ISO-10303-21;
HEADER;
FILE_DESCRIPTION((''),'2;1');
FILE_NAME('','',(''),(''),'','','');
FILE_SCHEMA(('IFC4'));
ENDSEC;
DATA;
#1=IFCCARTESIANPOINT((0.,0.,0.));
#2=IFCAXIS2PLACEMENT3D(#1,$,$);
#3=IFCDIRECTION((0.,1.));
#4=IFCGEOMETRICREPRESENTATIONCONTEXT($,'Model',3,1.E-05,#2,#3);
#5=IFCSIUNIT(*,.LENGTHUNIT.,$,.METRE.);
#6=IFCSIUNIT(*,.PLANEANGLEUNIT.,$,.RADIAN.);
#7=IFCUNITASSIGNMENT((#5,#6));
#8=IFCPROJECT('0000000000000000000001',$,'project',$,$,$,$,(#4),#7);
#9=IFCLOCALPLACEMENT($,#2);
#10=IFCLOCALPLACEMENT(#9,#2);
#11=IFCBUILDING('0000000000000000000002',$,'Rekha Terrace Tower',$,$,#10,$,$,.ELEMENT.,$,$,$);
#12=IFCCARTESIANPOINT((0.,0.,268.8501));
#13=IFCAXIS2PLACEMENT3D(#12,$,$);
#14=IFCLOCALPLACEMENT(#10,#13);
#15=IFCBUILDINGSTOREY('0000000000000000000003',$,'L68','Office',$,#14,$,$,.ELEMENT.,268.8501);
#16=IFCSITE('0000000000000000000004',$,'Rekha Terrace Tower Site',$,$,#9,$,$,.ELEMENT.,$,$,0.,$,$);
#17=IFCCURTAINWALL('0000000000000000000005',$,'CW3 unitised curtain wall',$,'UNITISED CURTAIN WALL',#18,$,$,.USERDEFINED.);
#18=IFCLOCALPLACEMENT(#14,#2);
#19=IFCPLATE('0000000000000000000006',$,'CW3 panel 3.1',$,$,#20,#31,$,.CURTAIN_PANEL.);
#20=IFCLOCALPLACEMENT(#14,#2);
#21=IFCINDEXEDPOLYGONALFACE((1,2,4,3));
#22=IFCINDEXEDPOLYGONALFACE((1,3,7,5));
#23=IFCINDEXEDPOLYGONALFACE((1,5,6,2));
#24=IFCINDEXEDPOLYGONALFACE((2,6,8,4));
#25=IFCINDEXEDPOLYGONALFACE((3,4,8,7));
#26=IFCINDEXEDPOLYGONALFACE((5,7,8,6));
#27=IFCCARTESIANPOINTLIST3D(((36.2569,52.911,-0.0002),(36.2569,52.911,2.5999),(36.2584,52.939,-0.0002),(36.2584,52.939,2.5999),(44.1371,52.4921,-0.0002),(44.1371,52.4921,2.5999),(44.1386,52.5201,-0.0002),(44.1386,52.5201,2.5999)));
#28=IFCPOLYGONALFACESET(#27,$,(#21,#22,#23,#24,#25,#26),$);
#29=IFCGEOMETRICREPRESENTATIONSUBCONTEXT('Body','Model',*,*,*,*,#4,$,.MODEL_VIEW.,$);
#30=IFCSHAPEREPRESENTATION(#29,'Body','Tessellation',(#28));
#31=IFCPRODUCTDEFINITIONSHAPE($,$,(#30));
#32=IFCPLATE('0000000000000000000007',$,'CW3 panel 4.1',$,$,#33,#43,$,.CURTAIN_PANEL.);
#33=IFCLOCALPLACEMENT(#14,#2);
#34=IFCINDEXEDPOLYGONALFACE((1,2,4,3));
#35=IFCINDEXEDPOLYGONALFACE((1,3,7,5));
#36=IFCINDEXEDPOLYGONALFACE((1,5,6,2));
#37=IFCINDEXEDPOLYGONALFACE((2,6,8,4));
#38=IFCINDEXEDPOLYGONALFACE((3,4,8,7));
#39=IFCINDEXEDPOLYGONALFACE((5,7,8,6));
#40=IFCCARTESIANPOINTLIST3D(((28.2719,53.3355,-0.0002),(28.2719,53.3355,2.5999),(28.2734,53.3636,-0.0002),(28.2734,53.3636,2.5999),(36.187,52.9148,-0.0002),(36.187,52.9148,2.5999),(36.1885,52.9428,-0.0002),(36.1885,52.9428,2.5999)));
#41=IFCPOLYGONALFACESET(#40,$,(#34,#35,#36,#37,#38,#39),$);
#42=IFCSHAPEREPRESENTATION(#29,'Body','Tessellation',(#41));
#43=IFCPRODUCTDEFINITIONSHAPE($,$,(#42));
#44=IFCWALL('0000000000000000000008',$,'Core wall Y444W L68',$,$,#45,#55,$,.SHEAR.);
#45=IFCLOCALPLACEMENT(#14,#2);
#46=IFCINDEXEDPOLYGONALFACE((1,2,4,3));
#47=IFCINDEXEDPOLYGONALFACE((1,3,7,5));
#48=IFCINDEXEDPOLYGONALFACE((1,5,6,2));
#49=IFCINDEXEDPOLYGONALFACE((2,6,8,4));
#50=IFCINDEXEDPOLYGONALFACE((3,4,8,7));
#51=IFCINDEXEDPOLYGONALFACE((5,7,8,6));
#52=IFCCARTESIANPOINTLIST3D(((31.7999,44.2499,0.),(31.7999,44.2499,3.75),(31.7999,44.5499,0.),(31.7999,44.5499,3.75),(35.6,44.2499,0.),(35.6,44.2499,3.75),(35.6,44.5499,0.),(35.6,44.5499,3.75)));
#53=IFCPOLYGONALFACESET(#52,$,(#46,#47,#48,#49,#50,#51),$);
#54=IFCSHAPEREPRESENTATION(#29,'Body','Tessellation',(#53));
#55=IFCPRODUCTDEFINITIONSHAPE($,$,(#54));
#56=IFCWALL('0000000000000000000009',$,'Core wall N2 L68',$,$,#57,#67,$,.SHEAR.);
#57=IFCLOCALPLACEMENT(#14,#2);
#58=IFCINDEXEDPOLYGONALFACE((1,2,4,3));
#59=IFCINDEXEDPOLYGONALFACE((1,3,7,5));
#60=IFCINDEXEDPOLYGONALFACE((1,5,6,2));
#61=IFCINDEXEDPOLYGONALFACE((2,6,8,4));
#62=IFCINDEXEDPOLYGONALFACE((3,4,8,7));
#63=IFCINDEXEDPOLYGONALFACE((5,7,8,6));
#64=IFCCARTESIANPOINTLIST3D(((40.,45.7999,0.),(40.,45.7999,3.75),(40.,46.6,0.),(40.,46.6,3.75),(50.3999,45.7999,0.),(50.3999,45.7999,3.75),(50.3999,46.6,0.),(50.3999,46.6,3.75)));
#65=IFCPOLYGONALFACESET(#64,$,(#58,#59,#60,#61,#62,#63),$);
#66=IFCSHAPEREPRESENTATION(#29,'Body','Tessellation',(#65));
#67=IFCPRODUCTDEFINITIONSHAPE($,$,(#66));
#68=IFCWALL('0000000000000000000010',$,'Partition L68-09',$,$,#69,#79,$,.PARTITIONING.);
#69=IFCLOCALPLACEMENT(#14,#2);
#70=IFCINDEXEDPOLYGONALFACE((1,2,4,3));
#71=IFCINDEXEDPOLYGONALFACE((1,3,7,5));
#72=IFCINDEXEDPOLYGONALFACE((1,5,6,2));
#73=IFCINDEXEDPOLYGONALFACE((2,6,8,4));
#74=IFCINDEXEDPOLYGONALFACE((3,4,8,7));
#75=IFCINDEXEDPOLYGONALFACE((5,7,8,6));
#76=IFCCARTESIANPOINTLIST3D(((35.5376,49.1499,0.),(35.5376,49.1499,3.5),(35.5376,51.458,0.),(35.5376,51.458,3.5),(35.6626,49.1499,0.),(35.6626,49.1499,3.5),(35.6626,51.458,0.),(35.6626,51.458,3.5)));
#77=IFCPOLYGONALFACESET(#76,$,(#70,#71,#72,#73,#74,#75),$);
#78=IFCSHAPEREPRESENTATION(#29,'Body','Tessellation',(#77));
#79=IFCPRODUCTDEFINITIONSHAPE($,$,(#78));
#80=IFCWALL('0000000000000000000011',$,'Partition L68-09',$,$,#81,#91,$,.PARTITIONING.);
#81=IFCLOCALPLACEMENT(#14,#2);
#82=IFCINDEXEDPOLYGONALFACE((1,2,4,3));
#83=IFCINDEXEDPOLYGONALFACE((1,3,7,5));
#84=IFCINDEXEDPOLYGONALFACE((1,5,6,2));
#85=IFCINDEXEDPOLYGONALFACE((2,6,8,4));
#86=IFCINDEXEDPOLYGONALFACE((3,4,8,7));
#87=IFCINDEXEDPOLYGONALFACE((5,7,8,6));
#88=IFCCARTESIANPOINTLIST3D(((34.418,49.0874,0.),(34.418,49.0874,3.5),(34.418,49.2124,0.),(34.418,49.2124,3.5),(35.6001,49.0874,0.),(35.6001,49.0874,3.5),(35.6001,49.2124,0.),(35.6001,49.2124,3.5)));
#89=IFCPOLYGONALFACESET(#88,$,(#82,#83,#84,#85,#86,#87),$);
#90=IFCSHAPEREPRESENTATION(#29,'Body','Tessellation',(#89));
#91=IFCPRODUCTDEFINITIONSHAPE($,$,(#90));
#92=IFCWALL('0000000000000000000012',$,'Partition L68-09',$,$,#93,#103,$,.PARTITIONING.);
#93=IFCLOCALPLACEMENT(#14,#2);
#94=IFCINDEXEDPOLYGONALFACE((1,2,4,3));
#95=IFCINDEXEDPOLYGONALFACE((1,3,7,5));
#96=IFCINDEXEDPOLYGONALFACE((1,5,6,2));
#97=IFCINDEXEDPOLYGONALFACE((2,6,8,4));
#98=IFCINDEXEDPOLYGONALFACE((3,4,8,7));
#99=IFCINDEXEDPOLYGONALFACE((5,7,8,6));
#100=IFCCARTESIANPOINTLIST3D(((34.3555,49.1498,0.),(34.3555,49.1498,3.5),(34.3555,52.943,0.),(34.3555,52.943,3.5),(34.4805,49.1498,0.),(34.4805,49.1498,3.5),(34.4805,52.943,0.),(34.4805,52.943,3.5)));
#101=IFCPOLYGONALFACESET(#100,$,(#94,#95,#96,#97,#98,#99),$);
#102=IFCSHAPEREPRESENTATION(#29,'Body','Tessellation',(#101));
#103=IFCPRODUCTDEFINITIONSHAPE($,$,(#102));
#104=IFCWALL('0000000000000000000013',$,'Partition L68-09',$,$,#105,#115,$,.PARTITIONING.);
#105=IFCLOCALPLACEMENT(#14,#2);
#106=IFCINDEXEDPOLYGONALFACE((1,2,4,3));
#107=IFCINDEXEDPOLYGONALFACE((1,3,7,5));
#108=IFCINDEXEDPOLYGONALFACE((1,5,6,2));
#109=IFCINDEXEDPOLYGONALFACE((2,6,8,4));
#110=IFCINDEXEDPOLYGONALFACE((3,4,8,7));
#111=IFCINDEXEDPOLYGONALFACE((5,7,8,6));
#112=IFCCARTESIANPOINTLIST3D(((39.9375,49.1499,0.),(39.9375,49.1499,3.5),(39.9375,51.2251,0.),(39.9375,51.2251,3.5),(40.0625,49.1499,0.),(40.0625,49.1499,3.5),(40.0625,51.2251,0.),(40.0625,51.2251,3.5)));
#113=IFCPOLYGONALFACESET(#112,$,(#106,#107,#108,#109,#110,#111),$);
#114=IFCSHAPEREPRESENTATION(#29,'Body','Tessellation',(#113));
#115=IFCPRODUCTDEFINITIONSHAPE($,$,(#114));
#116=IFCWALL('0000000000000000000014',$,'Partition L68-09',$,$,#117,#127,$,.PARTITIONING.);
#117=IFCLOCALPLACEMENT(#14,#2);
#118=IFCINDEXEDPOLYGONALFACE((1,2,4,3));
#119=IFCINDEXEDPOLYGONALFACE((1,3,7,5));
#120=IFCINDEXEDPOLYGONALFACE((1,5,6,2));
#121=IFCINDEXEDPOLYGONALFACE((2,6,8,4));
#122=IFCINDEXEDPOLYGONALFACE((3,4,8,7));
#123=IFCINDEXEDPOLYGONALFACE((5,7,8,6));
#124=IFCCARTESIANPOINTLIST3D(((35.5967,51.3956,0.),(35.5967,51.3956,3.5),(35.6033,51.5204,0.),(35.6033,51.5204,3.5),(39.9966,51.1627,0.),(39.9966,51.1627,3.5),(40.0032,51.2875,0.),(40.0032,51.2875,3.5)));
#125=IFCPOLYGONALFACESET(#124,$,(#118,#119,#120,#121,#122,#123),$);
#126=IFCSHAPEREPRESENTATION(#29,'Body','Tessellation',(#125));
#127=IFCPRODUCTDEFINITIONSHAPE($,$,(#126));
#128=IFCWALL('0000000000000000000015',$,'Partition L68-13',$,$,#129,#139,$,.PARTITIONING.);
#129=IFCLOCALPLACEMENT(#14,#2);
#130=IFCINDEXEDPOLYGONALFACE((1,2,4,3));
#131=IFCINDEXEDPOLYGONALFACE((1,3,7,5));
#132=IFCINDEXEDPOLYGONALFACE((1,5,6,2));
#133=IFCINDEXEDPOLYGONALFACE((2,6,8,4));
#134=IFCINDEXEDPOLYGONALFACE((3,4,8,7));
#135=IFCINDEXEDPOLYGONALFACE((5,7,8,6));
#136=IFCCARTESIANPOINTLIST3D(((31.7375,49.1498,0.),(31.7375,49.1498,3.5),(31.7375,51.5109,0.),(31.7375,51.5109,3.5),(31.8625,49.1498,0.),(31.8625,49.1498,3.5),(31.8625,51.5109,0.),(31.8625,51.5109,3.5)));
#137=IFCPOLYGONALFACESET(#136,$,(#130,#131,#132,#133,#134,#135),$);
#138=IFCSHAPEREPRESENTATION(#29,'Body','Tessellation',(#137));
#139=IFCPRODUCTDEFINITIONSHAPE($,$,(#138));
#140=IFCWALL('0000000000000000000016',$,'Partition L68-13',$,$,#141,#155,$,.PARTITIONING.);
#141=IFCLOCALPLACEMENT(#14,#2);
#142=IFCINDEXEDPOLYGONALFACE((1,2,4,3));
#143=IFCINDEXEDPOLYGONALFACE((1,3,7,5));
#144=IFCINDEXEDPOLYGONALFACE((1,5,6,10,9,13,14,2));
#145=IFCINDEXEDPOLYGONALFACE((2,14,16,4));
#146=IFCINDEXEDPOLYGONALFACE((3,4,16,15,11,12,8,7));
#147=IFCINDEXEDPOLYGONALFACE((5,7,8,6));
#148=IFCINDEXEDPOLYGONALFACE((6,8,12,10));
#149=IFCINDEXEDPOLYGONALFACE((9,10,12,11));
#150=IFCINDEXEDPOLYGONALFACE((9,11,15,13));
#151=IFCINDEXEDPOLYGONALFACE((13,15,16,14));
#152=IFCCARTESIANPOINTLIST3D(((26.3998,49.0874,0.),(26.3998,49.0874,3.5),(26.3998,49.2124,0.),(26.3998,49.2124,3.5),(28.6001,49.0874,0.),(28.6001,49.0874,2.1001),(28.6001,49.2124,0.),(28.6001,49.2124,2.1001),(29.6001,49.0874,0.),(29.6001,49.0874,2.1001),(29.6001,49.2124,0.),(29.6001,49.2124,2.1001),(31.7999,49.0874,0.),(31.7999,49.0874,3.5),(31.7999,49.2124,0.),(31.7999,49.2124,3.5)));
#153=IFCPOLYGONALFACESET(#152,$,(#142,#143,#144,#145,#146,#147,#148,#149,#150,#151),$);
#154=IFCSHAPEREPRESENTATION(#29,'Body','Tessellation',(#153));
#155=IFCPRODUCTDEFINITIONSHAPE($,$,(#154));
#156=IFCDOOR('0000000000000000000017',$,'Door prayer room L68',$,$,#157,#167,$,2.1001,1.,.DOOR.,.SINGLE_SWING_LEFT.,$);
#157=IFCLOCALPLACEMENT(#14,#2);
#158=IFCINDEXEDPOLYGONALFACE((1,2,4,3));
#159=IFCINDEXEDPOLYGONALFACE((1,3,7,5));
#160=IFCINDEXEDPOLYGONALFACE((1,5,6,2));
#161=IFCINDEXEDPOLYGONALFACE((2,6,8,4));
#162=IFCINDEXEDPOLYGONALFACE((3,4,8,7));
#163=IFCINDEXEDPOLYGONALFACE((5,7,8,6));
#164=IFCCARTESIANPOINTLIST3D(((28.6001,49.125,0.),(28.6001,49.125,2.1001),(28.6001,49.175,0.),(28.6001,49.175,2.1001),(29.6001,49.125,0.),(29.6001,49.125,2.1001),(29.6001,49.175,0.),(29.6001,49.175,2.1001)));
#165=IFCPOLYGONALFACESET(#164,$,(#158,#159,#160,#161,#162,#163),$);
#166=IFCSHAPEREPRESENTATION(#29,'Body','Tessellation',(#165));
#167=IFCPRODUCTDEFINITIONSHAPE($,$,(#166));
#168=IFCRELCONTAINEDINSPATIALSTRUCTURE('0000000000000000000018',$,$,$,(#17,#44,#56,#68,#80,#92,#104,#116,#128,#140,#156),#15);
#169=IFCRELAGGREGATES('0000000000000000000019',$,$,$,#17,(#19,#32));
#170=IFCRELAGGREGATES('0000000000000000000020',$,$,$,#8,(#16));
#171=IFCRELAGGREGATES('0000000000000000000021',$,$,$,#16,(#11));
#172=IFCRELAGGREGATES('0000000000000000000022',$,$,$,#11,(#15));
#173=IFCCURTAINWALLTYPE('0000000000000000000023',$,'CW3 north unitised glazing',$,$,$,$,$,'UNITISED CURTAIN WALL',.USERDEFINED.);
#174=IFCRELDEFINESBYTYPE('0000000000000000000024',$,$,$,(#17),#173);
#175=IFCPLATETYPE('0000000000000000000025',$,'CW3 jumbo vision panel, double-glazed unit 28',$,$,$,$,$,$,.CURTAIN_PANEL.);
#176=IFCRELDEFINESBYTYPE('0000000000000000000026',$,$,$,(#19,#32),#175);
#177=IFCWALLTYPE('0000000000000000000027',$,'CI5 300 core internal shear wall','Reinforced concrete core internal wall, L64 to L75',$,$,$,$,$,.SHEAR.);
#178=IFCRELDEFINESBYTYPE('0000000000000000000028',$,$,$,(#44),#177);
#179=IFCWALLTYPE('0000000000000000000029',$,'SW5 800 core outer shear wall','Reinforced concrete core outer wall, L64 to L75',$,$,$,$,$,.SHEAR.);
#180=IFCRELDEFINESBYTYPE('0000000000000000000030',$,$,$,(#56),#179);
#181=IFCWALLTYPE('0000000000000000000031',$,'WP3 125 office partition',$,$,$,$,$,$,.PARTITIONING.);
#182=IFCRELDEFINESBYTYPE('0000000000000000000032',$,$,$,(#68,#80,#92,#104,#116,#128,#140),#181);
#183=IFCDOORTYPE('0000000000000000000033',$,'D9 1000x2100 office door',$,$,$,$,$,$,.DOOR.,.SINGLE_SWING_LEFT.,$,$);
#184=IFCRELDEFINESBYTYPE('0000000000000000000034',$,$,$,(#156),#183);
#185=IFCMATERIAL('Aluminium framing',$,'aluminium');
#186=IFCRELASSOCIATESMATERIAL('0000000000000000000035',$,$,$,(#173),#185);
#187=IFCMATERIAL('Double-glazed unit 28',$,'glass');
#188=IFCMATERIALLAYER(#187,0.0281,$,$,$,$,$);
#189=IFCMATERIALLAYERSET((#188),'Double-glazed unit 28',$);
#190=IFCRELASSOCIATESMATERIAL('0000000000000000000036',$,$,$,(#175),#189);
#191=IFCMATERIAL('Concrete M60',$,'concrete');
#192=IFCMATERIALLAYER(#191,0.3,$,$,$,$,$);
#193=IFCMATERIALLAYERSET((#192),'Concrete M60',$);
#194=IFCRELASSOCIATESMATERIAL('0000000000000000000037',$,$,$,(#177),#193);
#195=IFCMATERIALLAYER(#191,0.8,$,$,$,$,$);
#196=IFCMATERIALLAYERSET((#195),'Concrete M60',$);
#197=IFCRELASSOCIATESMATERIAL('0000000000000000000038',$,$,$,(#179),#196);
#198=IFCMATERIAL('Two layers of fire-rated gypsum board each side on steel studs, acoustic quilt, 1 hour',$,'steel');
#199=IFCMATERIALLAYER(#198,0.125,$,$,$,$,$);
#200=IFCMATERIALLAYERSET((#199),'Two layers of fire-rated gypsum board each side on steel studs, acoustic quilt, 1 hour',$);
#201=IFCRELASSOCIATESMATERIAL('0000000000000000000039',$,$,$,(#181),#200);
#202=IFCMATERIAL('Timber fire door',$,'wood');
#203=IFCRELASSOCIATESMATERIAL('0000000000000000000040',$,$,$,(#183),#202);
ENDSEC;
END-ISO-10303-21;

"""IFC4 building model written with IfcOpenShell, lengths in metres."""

from ifc_helpers import new_model, si_unit, direction, frame, frame_2d, origin, origin_2d, place, context, subcontext, project, spatial, rectangle, extrude, material, layer, layer_set, type_object, element, fill, aggregate, save


model = new_model("IFC4")

# Units and contexts
model_context = context("Model", 3, precision=1e-05, world=origin(), true_north=direction((0.0, 1.0)))
body_context = subcontext(model_context, "Body", "Model", "MODEL_VIEW")
ifc_project = project(units=[si_unit("LENGTHUNIT", "METRE"), si_unit("PLANEANGLEUNIT", "RADIAN")], contexts=[model_context])

# Site, building, storey
site_placement = place(None, origin())
site = spatial("IfcSite", under=ifc_project, at=site_placement, Name="Rekha Terrace Tower Site", CompositionType="ELEMENT", RefElevation=0.0)
building_placement = place(site_placement, origin())
building = spatial("IfcBuilding", under=site, at=building_placement, Name="Rekha Terrace Tower", CompositionType="ELEMENT")
storey_placement = place(building_placement, frame((0.0, 0.0, 268.8501)))
storey = spatial("IfcBuildingStorey", under=building, at=storey_placement, Name="L68", Description="Office", CompositionType="ELEMENT", Elevation=268.8501)

# Shared definitions
ifc_material_1 = material(Name="Concrete M60", Category="concrete")

# Curtain wall
ifc_material_2 = material(Name="Aluminium framing", Category="aluminium")
curtain_wall_type = type_object("IfcCurtainWallType", Name="CW3 north unitised glazing", ElementType="UNITISED CURTAIN WALL", PredefinedType="USERDEFINED", material=ifc_material_2)
curtain_wall_placement = place(storey_placement, origin())
curtain_wall = element("IfcCurtainWall", 1, at=curtain_wall_placement, inside=storey, type_object=curtain_wall_type, Name="CW3 unitised curtain wall", ObjectType="UNITISED CURTAIN WALL", PredefinedType="USERDEFINED")

# Plates
ifc_material_3 = material(Name="Double-glazed unit 28", Category="glass")
ifc_layer_1 = layer(ifc_material_3, 0.0281)
ifc_layer_set_1 = layer_set([ifc_layer_1], Name="Double-glazed unit 28")
plate_type = type_object("IfcPlateType", Name="CW3 jumbo vision panel, double-glazed unit 28", PredefinedType="CURTAIN_PANEL", material=ifc_layer_set_1)
plate_1_placement = place(storey_placement, frame((40.1978, 52.7156, -0.0002), z_axis=(0.0, 0.0, 1.0), x_axis=(-0.99859, 0.053083, 0.0)))
plate_1 = element("IfcPlate", 2, at=plate_1_placement, type_object=plate_type, Name="CW3 panel 3.1", PredefinedType="CURTAIN_PANEL", context=body_context, shape_type="SweptSolid", body=[
    extrude(rectangle(XDim=7.8914, YDim=0.0281, at=origin_2d()), origin(), (0.0, 0.0, 1.0), 2.6001),
])
plate_2_placement = place(storey_placement, frame((32.2302, 53.1392, -0.0002), z_axis=(0.0, 0.0, 1.0), x_axis=(-0.99859, 0.053083, 0.0)))
plate_2 = element("IfcPlate", 3, at=plate_2_placement, type_object=plate_type, Name="CW3 panel 4.1", PredefinedType="CURTAIN_PANEL", context=body_context, shape_type="SweptSolid", body=[
    extrude(rectangle(XDim=7.9263, YDim=0.0281, at=origin_2d()), origin(), (0.0, 0.0, 1.0), 2.6001),
])
aggregate(curtain_wall, [plate_1, plate_2])

# Walls
ifc_layer_2 = layer(ifc_material_1, 0.3)
ifc_layer_set_2 = layer_set([ifc_layer_2], Name="Concrete M60")
wall_type_1 = type_object("IfcWallType", Name="CI5 300 core internal shear wall", Description="Reinforced concrete core internal wall, L64 to L75", PredefinedType="SHEAR", material=ifc_layer_set_2)
wall_1_placement = place(storey_placement, frame((31.8, 44.3999, 0.0), z_axis=(0.0, 0.0, 1.0), x_axis=(1.0, 0.0, 0.0)))
element("IfcWall", 4, at=wall_1_placement, inside=storey, type_object=wall_type_1, Name="Core wall Y444W L68", PredefinedType="SHEAR", context=body_context, shape_type="SweptSolid", body=[
    extrude(rectangle(XDim=3.8, YDim=0.3, at=frame_2d((1.8999, 0.0))), origin(), (0.0, 0.0, 1.0), 3.75),
])
ifc_layer_3 = layer(ifc_material_1, 0.8)
ifc_layer_set_3 = layer_set([ifc_layer_3], Name="Concrete M60")
wall_type_2 = type_object("IfcWallType", Name="SW5 800 core outer shear wall", Description="Reinforced concrete core outer wall, L64 to L75", PredefinedType="SHEAR", material=ifc_layer_set_3)
wall_2_placement = place(storey_placement, frame((40.0, 46.2, 0.0), z_axis=(0.0, 0.0, 1.0), x_axis=(1.0, 0.0, 0.0)))
element("IfcWall", 5, at=wall_2_placement, inside=storey, type_object=wall_type_2, Name="Core wall N2 L68", PredefinedType="SHEAR", context=body_context, shape_type="SweptSolid", body=[
    extrude(rectangle(XDim=10.3999, YDim=0.8, at=frame_2d((5.2, 0.0))), origin(), (0.0, 0.0, 1.0), 3.75),
])
ifc_material_4 = material(Name="Two layers of fire-rated gypsum board each side on steel studs, acoustic quilt, 1 hour", Category="steel")
ifc_layer_4 = layer(ifc_material_4, 0.125)
ifc_layer_set_4 = layer_set([ifc_layer_4], Name="Two layers of fire-rated gypsum board each side on steel studs, acoustic quilt, 1 hour")
wall_type_3 = type_object("IfcWallType", Name="WP3 125 office partition", PredefinedType="PARTITIONING", material=ifc_layer_set_4)
wall_3_placement = place(storey_placement, frame((35.6001, 51.458, 0.0), z_axis=(0.0, 0.0, 1.0), x_axis=(0.0, -1.0, 0.0)))
element("IfcWall", 6, at=wall_3_placement, inside=storey, type_object=wall_type_3, Name="Partition L68-09", PredefinedType="PARTITIONING", context=body_context, shape_type="SweptSolid", body=[
    extrude(rectangle(XDim=2.3081, YDim=0.125, at=frame_2d((1.1541, 0.0))), origin(), (0.0, 0.0, 1.0), 3.5),
])
wall_4_placement = place(storey_placement, frame((35.6001, 49.1499, 0.0), z_axis=(0.0, 0.0, 1.0), x_axis=(-1.0, 0.0, 0.0)))
element("IfcWall", 7, at=wall_4_placement, inside=storey, type_object=wall_type_3, Name="Partition L68-09", PredefinedType="PARTITIONING", context=body_context, shape_type="SweptSolid", body=[
    extrude(rectangle(XDim=1.1821, YDim=0.125, at=frame_2d((0.5911, 0.0))), origin(), (0.0, 0.0, 1.0), 3.5),
])
wall_5_placement = place(storey_placement, frame((34.418, 49.1499, 0.0), z_axis=(0.0, 0.0, 1.0), x_axis=(0.0, 1.0, 0.0)))
element("IfcWall", 8, at=wall_5_placement, inside=storey, type_object=wall_type_3, Name="Partition L68-09", PredefinedType="PARTITIONING", context=body_context, shape_type="SweptSolid", body=[
    extrude(rectangle(XDim=3.7932, YDim=0.125, at=frame_2d((1.8965, 0.0))), origin(), (0.0, 0.0, 1.0), 3.5),
])
wall_6_placement = place(storey_placement, frame((40.0, 49.1499, 0.0), z_axis=(0.0, 0.0, 1.0), x_axis=(0.0, 1.0, 0.0)))
element("IfcWall", 9, at=wall_6_placement, inside=storey, type_object=wall_type_3, Name="Partition L68-09", PredefinedType="PARTITIONING", context=body_context, shape_type="SweptSolid", body=[
    extrude(rectangle(XDim=2.0752, YDim=0.125, at=frame_2d((1.0376, 0.0))), origin(), (0.0, 0.0, 1.0), 3.5),
])
wall_7_placement = place(storey_placement, frame((40.0, 51.2251, 0.0), z_axis=(0.0, 0.0, 1.0), x_axis=(-0.998602, 0.052861, 0.0)))
element("IfcWall", 10, at=wall_7_placement, inside=storey, type_object=wall_type_3, Name="Partition L68-09", PredefinedType="PARTITIONING", context=body_context, shape_type="SweptSolid", body=[
    extrude(rectangle(XDim=4.406, YDim=0.125, at=frame_2d((2.2031, 0.0))), origin(), (0.0, 0.0, 1.0), 3.5),
])
wall_8_placement = place(storey_placement, frame((31.8, 51.511, 0.0), z_axis=(0.0, 0.0, 1.0), x_axis=(0.0, -1.0, 0.0)))
element("IfcWall", 11, at=wall_8_placement, inside=storey, type_object=wall_type_3, Name="Partition L68-13", PredefinedType="PARTITIONING", context=body_context, shape_type="SweptSolid", body=[
    extrude(rectangle(XDim=2.3611, YDim=0.125, at=frame_2d((1.1807, 0.0))), origin(), (0.0, 0.0, 1.0), 3.5),
])

# Wall, opening, door
wall_9_placement = place(storey_placement, frame((31.8, 49.1499, 0.0), z_axis=(0.0, 0.0, 1.0), x_axis=(-1.0, 0.0, 0.0)))
wall_9 = element("IfcWall", 12, at=wall_9_placement, inside=storey, type_object=wall_type_3, Name="Partition L68-13", PredefinedType="PARTITIONING", context=body_context, shape_type="SweptSolid", body=[
    extrude(rectangle(XDim=5.4001, YDim=0.125, at=frame_2d((2.7002, 0.0))), origin(), (0.0, 0.0, 1.0), 3.5),
])
opening_placement = place(wall_9_placement, frame((2.2, 0.0, 0.0)))
opening = element("IfcOpeningElement", 13, at=opening_placement, cuts=wall_9, PredefinedType="OPENING", context=body_context, shape_type="SweptSolid", body=[
    extrude(rectangle(XDim=1.0, YDim=2.1001, at=frame_2d((0.5, 1.05))), frame((0.0, 0.0725, 0.0), z_axis=(0.0, -1.0, 0.0), x_axis=(1.0, 0.0, 0.0)), (0.0, 0.0, 1.0), 0.145),
])
ifc_material_5 = material(Name="Timber fire door", Category="wood")
door_type = type_object("IfcDoorType", Name="D9 1000x2100 office door", OperationType="SINGLE_SWING_LEFT", PredefinedType="DOOR", material=ifc_material_5)
door_placement = place(opening_placement, origin())
door = element("IfcDoor", 14, at=door_placement, inside=storey, type_object=door_type, Name="Door prayer room L68", OperationType="SINGLE_SWING_LEFT", OverallHeight=2.1001, OverallWidth=1.0, PredefinedType="DOOR", context=body_context, shape_type="SweptSolid", body=[
    extrude(rectangle(XDim=1.0, YDim=2.1001, at=frame_2d((0.5, 1.05))), frame((0.0, 0.0249, 0.0), z_axis=(0.0, -1.0, 0.0), x_axis=(1.0, 0.0, 0.0)), (0.0, 0.0, 1.0), 0.05),
])
fill(opening, door)

save(model, "model.ifc")
